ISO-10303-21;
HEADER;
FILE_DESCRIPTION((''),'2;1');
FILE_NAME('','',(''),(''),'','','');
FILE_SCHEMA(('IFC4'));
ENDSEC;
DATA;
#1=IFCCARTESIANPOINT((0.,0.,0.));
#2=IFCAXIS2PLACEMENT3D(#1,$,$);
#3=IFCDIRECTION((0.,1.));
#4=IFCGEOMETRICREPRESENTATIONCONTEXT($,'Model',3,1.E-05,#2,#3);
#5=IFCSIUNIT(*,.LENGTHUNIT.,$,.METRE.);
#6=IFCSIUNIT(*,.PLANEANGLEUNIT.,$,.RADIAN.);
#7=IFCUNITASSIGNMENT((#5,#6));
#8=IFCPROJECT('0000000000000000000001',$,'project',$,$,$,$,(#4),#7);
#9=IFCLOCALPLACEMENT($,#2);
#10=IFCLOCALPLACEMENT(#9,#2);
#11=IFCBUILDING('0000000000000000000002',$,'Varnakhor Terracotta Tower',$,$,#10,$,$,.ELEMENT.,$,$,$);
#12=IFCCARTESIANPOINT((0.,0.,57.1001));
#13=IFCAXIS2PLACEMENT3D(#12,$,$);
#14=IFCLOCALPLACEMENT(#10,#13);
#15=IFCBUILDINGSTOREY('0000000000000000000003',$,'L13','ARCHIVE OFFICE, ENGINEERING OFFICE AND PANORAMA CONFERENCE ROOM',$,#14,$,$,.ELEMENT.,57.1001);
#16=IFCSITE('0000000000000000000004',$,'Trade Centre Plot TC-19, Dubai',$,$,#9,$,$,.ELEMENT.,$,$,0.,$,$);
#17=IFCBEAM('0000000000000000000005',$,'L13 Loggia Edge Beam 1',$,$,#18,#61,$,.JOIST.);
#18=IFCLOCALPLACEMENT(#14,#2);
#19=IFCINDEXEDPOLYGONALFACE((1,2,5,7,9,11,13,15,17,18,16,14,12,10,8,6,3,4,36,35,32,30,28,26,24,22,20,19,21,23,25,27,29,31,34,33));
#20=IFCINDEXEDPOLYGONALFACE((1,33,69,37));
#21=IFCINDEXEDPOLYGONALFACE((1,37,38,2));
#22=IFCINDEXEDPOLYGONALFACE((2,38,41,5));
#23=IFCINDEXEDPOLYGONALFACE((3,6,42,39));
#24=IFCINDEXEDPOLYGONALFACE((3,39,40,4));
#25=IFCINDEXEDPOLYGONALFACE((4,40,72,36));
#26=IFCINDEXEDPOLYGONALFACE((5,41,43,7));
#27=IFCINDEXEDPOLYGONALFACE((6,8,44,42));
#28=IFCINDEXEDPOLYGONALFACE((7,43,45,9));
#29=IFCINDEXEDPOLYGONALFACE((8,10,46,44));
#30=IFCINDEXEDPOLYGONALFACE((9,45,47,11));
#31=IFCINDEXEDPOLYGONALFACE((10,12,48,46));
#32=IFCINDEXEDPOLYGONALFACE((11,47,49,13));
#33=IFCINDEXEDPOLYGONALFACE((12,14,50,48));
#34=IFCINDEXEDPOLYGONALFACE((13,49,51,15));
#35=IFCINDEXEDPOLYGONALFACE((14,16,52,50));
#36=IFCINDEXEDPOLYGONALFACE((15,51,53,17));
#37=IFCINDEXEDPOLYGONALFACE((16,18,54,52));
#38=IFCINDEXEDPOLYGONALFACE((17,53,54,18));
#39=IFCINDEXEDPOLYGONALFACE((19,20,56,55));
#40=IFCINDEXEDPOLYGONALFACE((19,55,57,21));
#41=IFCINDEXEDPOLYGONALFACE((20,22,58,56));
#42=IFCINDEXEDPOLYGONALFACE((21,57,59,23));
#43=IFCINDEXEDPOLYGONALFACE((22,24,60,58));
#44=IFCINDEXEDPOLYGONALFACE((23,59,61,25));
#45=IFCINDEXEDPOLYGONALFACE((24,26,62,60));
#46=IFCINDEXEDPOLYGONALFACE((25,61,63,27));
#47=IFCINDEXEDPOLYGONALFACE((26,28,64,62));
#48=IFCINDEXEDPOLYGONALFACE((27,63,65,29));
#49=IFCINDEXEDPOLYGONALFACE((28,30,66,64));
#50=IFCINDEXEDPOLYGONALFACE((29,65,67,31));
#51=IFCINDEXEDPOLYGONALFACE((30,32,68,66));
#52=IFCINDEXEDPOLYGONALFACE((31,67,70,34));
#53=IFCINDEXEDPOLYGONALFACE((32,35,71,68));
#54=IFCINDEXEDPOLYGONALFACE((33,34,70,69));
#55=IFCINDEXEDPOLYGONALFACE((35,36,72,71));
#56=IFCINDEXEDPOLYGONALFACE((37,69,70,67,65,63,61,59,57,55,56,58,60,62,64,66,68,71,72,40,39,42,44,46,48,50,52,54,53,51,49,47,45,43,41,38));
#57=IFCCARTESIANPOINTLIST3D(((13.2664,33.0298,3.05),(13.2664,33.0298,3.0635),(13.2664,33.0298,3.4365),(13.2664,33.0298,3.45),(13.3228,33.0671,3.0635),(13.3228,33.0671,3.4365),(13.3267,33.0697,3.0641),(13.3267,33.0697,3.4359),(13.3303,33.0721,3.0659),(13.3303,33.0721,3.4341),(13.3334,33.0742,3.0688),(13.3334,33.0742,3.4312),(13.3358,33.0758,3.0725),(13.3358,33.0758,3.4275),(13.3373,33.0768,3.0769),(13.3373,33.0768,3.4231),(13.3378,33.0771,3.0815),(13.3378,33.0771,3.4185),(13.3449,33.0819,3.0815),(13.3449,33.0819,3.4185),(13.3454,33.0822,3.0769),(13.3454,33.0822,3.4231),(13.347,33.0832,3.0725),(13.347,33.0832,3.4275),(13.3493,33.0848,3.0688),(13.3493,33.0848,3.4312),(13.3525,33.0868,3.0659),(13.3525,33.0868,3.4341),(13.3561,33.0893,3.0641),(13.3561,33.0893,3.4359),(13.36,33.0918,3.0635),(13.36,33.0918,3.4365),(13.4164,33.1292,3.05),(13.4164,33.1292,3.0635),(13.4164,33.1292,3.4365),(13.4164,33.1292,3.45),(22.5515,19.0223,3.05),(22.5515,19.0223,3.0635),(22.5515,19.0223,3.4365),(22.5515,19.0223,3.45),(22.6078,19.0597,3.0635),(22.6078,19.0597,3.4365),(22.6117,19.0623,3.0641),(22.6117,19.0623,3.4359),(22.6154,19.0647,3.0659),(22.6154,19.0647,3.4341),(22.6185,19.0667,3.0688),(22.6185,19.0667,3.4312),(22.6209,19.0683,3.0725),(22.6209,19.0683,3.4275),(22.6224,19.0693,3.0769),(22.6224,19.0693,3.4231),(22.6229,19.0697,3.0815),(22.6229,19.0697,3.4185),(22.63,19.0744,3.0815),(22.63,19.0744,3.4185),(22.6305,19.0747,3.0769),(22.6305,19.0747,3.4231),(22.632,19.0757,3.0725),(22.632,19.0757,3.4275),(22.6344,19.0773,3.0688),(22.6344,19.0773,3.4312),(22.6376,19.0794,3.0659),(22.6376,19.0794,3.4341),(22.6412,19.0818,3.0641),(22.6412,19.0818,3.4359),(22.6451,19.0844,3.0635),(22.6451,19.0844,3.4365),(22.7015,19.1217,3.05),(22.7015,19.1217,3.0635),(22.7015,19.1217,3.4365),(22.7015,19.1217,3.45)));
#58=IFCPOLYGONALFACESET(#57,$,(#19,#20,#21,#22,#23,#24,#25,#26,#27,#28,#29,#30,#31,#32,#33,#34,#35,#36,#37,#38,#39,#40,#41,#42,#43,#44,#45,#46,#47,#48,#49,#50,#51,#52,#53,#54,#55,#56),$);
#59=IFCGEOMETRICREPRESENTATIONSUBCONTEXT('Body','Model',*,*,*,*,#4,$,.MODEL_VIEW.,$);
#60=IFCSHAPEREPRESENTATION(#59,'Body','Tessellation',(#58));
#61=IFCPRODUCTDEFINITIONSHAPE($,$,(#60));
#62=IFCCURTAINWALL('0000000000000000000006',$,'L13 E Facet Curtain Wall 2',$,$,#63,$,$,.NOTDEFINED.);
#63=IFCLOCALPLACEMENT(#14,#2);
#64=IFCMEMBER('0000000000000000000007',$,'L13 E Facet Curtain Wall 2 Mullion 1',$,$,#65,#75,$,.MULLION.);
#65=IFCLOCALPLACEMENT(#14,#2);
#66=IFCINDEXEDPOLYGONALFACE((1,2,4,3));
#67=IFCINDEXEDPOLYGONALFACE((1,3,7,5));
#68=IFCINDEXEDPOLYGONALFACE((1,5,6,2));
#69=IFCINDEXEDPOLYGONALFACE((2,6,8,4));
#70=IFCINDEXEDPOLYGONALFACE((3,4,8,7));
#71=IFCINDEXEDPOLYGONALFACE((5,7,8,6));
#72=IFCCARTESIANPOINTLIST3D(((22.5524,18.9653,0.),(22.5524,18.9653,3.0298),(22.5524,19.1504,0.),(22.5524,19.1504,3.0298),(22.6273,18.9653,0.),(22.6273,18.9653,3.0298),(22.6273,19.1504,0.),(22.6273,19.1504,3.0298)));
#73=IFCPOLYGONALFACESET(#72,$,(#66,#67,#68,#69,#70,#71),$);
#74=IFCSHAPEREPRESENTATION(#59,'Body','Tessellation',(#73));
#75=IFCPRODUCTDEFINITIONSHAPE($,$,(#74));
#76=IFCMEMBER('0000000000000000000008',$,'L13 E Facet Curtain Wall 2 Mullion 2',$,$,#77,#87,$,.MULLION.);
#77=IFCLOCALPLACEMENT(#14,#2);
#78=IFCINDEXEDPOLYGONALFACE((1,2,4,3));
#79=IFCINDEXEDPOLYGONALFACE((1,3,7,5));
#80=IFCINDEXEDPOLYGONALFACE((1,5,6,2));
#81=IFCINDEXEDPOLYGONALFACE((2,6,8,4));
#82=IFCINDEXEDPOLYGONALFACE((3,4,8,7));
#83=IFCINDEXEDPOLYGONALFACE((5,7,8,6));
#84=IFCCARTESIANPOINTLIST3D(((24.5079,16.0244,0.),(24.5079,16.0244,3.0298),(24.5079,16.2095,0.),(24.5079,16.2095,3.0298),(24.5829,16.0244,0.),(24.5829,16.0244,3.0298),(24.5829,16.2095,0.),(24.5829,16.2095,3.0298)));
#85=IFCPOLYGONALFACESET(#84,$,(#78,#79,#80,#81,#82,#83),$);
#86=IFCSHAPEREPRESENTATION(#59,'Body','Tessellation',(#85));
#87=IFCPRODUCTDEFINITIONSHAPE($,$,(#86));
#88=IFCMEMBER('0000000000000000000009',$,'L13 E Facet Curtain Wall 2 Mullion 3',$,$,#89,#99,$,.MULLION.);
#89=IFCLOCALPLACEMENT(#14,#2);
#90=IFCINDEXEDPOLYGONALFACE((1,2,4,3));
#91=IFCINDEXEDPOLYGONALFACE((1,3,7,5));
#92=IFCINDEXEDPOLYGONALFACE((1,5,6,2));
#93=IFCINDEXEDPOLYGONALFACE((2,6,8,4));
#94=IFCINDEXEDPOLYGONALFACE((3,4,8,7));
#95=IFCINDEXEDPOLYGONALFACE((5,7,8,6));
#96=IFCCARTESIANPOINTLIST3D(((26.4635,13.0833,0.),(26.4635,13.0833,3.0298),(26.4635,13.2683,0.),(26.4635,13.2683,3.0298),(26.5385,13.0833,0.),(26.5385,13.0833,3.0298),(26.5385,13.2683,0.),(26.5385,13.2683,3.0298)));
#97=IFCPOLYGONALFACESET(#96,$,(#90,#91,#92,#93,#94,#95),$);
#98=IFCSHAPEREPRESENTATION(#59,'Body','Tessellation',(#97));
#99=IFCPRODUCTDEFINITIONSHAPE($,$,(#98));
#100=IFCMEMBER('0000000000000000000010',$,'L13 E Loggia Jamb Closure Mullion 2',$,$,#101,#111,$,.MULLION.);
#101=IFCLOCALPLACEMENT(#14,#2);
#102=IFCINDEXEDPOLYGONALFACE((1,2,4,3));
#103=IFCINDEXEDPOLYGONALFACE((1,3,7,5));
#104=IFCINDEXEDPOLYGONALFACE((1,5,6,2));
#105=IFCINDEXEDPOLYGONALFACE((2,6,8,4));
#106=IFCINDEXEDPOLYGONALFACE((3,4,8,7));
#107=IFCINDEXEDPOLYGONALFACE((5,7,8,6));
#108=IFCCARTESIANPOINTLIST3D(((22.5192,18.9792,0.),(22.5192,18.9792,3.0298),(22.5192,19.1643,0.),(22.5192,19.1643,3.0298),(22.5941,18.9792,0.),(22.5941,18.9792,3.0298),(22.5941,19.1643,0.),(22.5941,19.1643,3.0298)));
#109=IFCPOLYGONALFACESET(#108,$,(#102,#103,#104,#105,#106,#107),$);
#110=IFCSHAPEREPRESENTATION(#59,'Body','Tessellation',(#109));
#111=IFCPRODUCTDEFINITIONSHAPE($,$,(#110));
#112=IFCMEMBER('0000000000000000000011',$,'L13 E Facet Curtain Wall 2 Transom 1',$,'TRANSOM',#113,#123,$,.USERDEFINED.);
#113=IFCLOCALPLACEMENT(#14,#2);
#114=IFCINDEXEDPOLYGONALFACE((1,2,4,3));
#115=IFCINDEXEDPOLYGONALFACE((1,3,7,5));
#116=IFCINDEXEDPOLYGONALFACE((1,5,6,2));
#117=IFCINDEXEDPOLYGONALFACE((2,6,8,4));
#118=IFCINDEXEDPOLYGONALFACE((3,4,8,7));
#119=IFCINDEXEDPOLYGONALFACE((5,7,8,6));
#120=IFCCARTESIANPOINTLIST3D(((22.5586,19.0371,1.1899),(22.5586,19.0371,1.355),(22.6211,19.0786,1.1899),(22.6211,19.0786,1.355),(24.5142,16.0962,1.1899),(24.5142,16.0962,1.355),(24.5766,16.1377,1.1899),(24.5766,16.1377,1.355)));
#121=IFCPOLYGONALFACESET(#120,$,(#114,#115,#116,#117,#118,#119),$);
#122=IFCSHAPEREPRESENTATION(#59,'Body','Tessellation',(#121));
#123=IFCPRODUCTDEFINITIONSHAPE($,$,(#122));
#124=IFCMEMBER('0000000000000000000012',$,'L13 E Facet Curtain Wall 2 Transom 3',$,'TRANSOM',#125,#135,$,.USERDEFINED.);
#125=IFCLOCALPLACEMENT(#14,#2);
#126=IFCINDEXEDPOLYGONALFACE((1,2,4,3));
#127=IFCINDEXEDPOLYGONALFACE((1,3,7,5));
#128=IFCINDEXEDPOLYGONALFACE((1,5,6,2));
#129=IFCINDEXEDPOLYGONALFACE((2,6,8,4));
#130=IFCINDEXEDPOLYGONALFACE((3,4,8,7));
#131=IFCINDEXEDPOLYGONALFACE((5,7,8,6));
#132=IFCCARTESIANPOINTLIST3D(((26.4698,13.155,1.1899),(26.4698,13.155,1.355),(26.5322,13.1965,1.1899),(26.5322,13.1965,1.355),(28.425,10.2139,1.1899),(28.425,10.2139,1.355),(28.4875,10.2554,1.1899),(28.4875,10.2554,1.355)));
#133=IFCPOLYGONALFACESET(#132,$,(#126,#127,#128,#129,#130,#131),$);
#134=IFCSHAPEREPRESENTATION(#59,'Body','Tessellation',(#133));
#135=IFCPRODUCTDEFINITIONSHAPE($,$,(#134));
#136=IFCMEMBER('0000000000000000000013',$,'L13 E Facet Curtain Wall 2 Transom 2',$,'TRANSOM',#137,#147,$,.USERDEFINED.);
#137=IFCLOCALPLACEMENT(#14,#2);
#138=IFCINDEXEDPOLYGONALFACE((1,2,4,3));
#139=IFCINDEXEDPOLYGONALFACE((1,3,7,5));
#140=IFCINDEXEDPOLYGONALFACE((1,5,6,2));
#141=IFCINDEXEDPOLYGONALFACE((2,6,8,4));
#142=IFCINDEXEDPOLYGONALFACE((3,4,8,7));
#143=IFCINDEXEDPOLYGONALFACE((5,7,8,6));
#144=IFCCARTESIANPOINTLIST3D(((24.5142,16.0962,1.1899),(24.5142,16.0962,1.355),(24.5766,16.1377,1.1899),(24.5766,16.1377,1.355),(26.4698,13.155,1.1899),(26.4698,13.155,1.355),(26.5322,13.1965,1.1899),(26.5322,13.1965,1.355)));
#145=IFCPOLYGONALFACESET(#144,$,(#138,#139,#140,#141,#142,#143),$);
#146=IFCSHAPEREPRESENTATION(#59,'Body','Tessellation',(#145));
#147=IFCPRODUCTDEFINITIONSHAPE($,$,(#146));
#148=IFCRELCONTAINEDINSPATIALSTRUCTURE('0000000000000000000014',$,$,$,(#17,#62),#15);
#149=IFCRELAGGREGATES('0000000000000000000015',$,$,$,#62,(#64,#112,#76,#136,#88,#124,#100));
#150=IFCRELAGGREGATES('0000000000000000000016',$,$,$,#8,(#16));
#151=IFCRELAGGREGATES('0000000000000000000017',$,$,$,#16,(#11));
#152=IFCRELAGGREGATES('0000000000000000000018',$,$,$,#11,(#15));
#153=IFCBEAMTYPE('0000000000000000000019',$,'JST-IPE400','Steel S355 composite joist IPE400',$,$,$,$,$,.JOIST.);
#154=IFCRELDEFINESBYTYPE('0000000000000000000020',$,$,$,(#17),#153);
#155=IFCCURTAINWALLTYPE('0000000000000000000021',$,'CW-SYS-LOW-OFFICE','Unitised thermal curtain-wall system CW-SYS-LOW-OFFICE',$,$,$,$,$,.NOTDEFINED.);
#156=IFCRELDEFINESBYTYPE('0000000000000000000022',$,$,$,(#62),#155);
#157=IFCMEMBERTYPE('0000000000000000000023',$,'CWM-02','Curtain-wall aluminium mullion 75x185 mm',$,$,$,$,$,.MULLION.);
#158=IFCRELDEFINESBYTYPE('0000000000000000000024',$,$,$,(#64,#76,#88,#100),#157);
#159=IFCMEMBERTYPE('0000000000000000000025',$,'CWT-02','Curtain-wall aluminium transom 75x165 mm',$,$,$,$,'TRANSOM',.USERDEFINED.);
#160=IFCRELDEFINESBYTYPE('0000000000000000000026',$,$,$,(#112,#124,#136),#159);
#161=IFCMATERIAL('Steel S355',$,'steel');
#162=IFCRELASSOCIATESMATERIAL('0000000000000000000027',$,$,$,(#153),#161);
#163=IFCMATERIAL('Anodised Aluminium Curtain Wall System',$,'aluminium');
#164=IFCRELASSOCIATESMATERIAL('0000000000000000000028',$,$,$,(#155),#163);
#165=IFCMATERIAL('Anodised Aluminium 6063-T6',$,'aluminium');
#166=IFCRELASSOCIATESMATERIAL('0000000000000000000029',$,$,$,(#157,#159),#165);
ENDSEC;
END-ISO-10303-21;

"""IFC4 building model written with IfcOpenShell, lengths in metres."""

from ifc_helpers import new_model, si_unit, direction, frame, origin, origin_2d, place, context, subcontext, project, spatial, rectangle, i_section, extrude, source, transform, mapped, material, material_profile, profile_set, type_object, element, aggregate, save


model = new_model("IFC4")

# Units and contexts
model_context = context("Model", 3, precision=1e-05, world=origin(), true_north=direction((0.0, 1.0)))
body_context = subcontext(model_context, "Body", "Model", "MODEL_VIEW")
ifc_project = project(units=[si_unit("LENGTHUNIT", "METRE"), si_unit("PLANEANGLEUNIT", "RADIAN")], contexts=[model_context])

# Site, building, storey
site_placement = place(None, origin())
site = spatial("IfcSite", under=ifc_project, at=site_placement, Name="Trade Centre Plot TC-19, Dubai", CompositionType="ELEMENT", RefElevation=0.0)
building_placement = place(site_placement, origin())
building = spatial("IfcBuilding", under=site, at=building_placement, Name="Varnakhor Terracotta Tower", CompositionType="ELEMENT")
storey_placement = place(building_placement, frame((0.0, 0.0, 57.1001)))
storey = spatial("IfcBuildingStorey", under=building, at=storey_placement, Name="L13", Description="ARCHIVE OFFICE, ENGINEERING OFFICE AND PANORAMA CONFERENCE ROOM", CompositionType="ELEMENT", Elevation=57.1001)

# Beam
ifc_material_1 = material(Name="Steel S355", Category="steel")
ifc_material_profile_1 = material_profile(ifc_material_1, i_section(OverallWidth=0.1799, OverallDepth=0.3999, WebThickness=0.0085, FlangeThickness=0.0134, FilletRadius=0.0181, at=origin_2d()), Name="IPE400")
ifc_profile_set_1 = profile_set([ifc_material_profile_1], Name="Steel S355")
beam_type = type_object("IfcBeamType", Name="JST-IPE400", Description="Steel S355 composite joist IPE400", PredefinedType="JOIST", material=ifc_profile_set_1)
shared_shape_1 = source(origin(), body_context, "Body", "SweptSolid", [
    extrude(i_section(OverallWidth=0.1799, OverallDepth=0.3999, WebThickness=0.0085, FlangeThickness=0.0134, FilletRadius=0.0181, at=origin_2d()), origin(), (0.0, 0.0, 1.0), 16.8054),
])
beam_1_placement = place(storey_placement, frame((22.6265, 19.072, 3.25), z_axis=(-0.552506, 0.833509, 0.0), x_axis=(-0.833509, -0.552506, 0.0)))
element("IfcBeam", 1, at=beam_1_placement, inside=storey, type_object=beam_type, Name="L13 Loggia Edge Beam 1", PredefinedType="JOIST", context=body_context, shape_type="MappedRepresentation", body=[
    mapped(shared_shape_1, transform((0.0, 0.0, 0.0), scale=1.0)),
])

# Curtain wall, members
ifc_material_2 = material(Name="Anodised Aluminium Curtain Wall System", Category="aluminium")
curtain_wall_type = type_object("IfcCurtainWallType", Name="CW-SYS-LOW-OFFICE", Description="Unitised thermal curtain-wall system CW-SYS-LOW-OFFICE", PredefinedType="NOTDEFINED", material=ifc_material_2)
curtain_wall_placement = place(storey_placement, origin())
curtain_wall = element("IfcCurtainWall", 2, at=curtain_wall_placement, inside=storey, type_object=curtain_wall_type, Name="L13 E Facet Curtain Wall 2", PredefinedType="NOTDEFINED")
ifc_material_3 = material(Name="Anodised Aluminium 6063-T6", Category="aluminium")
ifc_material_profile_2 = material_profile(ifc_material_3, rectangle(XDim=0.075, YDim=0.1851, at=origin_2d()), Name="ALU MULLION 75x185")
ifc_profile_set_2 = profile_set([ifc_material_profile_2], Name="Anodised Aluminium 6063-T6")
member_type_1 = type_object("IfcMemberType", Name="CWM-02", Description="Curtain-wall aluminium mullion 75x185 mm", PredefinedType="MULLION", material=ifc_profile_set_2)
shared_shape_2 = source(origin(), body_context, "Body", "SweptSolid", [
    extrude(rectangle(XDim=0.075, YDim=0.1851, at=origin_2d()), origin(), (0.0, 0.0, 1.0), 3.0298),
])
member_1_placement = place(storey_placement, frame((22.5898, 19.0579, 0.0), z_axis=(0.0, 0.0, 1.0), x_axis=(1.0, 0.0, 0.0)))
member_1 = element("IfcMember", 3, at=member_1_placement, type_object=member_type_1, Name="L13 E Facet Curtain Wall 2 Mullion 1", PredefinedType="MULLION", context=body_context, shape_type="MappedRepresentation", body=[
    mapped(shared_shape_2, transform((0.0, 0.0, 0.0), scale=1.0)),
])
member_2_placement = place(storey_placement, frame((24.5454, 16.1169, 0.0), z_axis=(0.0, 0.0, 1.0), x_axis=(1.0, 0.0, 0.0)))
member_2 = element("IfcMember", 4, at=member_2_placement, type_object=member_type_1, Name="L13 E Facet Curtain Wall 2 Mullion 2", PredefinedType="MULLION", context=body_context, shape_type="MappedRepresentation", body=[
    mapped(shared_shape_2, transform((0.0, 0.0, 0.0), scale=1.0)),
])
member_3_placement = place(storey_placement, frame((26.501, 13.1758, 0.0), z_axis=(0.0, 0.0, 1.0), x_axis=(1.0, 0.0, 0.0)))
member_3 = element("IfcMember", 5, at=member_3_placement, type_object=member_type_1, Name="L13 E Facet Curtain Wall 2 Mullion 3", PredefinedType="MULLION", context=body_context, shape_type="MappedRepresentation", body=[
    mapped(shared_shape_2, transform((0.0, 0.0, 0.0), scale=1.0)),
])
member_4_placement = place(storey_placement, frame((22.5566, 19.0718, 0.0), z_axis=(0.0, 0.0, 1.0), x_axis=(1.0, 0.0, 0.0)))
member_4 = element("IfcMember", 6, at=member_4_placement, type_object=member_type_1, Name="L13 E Loggia Jamb Closure Mullion 2", PredefinedType="MULLION", context=body_context, shape_type="MappedRepresentation", body=[
    mapped(shared_shape_2, transform((0.0, 0.0, 0.0), scale=1.0)),
])
ifc_material_profile_3 = material_profile(ifc_material_3, rectangle(XDim=0.075, YDim=0.165, at=origin_2d()), Name="ALU TRANSOM 75x165")
ifc_profile_set_3 = profile_set([ifc_material_profile_3], Name="Anodised Aluminium 6063-T6")
member_type_2 = type_object("IfcMemberType", Name="CWT-02", Description="Curtain-wall aluminium transom 75x165 mm", ElementType="TRANSOM", PredefinedType="USERDEFINED", material=ifc_profile_set_3)
shared_shape_3 = source(origin(), body_context, "Body", "SweptSolid", [
    extrude(rectangle(XDim=0.075, YDim=0.165, at=origin_2d()), origin(), (0.0, 0.0, 1.0), 3.5317),
])
member_5_placement = place(storey_placement, frame((22.5898, 19.0579, 1.2725), z_axis=(0.553711, -0.832709, 0.0), x_axis=(0.832709, 0.553711, 0.0)))
member_5 = element("IfcMember", 7, at=member_5_placement, type_object=member_type_2, Name="L13 E Facet Curtain Wall 2 Transom 1", ObjectType="TRANSOM", PredefinedType="USERDEFINED", context=body_context, shape_type="MappedRepresentation", body=[
    mapped(shared_shape_3, transform((0.0, 0.0, 0.0), scale=1.0)),
])
member_6_placement = place(storey_placement, frame((26.501, 13.1758, 1.2725), z_axis=(0.553631, -0.832762, 0.0), x_axis=(0.832762, 0.553631, 0.0)))
member_6 = element("IfcMember", 8, at=member_6_placement, type_object=member_type_2, Name="L13 E Facet Curtain Wall 2 Transom 3", ObjectType="TRANSOM", PredefinedType="USERDEFINED", context=body_context, shape_type="MappedRepresentation", body=[
    mapped(shared_shape_3, transform((0.0, 0.0, 0.0), scale=1.0)),
])
shared_shape_4 = source(origin(), body_context, "Body", "SweptSolid", [
    extrude(rectangle(XDim=0.075, YDim=0.165, at=origin_2d()), origin(), (0.0, 0.0, 1.0), 3.532),
])
member_7_placement = place(storey_placement, frame((24.5454, 16.1169, 1.2725), z_axis=(0.553679, -0.83273, 0.0), x_axis=(0.83273, 0.553679, 0.0)))
member_7 = element("IfcMember", 9, at=member_7_placement, type_object=member_type_2, Name="L13 E Facet Curtain Wall 2 Transom 2", ObjectType="TRANSOM", PredefinedType="USERDEFINED", context=body_context, shape_type="MappedRepresentation", body=[
    mapped(shared_shape_4, transform((0.0, 0.0, 0.0), scale=1.0)),
])

aggregate(curtain_wall, [member_1, member_5, member_2, member_7, member_3, member_6, member_4])

save(model, "model.ifc")
